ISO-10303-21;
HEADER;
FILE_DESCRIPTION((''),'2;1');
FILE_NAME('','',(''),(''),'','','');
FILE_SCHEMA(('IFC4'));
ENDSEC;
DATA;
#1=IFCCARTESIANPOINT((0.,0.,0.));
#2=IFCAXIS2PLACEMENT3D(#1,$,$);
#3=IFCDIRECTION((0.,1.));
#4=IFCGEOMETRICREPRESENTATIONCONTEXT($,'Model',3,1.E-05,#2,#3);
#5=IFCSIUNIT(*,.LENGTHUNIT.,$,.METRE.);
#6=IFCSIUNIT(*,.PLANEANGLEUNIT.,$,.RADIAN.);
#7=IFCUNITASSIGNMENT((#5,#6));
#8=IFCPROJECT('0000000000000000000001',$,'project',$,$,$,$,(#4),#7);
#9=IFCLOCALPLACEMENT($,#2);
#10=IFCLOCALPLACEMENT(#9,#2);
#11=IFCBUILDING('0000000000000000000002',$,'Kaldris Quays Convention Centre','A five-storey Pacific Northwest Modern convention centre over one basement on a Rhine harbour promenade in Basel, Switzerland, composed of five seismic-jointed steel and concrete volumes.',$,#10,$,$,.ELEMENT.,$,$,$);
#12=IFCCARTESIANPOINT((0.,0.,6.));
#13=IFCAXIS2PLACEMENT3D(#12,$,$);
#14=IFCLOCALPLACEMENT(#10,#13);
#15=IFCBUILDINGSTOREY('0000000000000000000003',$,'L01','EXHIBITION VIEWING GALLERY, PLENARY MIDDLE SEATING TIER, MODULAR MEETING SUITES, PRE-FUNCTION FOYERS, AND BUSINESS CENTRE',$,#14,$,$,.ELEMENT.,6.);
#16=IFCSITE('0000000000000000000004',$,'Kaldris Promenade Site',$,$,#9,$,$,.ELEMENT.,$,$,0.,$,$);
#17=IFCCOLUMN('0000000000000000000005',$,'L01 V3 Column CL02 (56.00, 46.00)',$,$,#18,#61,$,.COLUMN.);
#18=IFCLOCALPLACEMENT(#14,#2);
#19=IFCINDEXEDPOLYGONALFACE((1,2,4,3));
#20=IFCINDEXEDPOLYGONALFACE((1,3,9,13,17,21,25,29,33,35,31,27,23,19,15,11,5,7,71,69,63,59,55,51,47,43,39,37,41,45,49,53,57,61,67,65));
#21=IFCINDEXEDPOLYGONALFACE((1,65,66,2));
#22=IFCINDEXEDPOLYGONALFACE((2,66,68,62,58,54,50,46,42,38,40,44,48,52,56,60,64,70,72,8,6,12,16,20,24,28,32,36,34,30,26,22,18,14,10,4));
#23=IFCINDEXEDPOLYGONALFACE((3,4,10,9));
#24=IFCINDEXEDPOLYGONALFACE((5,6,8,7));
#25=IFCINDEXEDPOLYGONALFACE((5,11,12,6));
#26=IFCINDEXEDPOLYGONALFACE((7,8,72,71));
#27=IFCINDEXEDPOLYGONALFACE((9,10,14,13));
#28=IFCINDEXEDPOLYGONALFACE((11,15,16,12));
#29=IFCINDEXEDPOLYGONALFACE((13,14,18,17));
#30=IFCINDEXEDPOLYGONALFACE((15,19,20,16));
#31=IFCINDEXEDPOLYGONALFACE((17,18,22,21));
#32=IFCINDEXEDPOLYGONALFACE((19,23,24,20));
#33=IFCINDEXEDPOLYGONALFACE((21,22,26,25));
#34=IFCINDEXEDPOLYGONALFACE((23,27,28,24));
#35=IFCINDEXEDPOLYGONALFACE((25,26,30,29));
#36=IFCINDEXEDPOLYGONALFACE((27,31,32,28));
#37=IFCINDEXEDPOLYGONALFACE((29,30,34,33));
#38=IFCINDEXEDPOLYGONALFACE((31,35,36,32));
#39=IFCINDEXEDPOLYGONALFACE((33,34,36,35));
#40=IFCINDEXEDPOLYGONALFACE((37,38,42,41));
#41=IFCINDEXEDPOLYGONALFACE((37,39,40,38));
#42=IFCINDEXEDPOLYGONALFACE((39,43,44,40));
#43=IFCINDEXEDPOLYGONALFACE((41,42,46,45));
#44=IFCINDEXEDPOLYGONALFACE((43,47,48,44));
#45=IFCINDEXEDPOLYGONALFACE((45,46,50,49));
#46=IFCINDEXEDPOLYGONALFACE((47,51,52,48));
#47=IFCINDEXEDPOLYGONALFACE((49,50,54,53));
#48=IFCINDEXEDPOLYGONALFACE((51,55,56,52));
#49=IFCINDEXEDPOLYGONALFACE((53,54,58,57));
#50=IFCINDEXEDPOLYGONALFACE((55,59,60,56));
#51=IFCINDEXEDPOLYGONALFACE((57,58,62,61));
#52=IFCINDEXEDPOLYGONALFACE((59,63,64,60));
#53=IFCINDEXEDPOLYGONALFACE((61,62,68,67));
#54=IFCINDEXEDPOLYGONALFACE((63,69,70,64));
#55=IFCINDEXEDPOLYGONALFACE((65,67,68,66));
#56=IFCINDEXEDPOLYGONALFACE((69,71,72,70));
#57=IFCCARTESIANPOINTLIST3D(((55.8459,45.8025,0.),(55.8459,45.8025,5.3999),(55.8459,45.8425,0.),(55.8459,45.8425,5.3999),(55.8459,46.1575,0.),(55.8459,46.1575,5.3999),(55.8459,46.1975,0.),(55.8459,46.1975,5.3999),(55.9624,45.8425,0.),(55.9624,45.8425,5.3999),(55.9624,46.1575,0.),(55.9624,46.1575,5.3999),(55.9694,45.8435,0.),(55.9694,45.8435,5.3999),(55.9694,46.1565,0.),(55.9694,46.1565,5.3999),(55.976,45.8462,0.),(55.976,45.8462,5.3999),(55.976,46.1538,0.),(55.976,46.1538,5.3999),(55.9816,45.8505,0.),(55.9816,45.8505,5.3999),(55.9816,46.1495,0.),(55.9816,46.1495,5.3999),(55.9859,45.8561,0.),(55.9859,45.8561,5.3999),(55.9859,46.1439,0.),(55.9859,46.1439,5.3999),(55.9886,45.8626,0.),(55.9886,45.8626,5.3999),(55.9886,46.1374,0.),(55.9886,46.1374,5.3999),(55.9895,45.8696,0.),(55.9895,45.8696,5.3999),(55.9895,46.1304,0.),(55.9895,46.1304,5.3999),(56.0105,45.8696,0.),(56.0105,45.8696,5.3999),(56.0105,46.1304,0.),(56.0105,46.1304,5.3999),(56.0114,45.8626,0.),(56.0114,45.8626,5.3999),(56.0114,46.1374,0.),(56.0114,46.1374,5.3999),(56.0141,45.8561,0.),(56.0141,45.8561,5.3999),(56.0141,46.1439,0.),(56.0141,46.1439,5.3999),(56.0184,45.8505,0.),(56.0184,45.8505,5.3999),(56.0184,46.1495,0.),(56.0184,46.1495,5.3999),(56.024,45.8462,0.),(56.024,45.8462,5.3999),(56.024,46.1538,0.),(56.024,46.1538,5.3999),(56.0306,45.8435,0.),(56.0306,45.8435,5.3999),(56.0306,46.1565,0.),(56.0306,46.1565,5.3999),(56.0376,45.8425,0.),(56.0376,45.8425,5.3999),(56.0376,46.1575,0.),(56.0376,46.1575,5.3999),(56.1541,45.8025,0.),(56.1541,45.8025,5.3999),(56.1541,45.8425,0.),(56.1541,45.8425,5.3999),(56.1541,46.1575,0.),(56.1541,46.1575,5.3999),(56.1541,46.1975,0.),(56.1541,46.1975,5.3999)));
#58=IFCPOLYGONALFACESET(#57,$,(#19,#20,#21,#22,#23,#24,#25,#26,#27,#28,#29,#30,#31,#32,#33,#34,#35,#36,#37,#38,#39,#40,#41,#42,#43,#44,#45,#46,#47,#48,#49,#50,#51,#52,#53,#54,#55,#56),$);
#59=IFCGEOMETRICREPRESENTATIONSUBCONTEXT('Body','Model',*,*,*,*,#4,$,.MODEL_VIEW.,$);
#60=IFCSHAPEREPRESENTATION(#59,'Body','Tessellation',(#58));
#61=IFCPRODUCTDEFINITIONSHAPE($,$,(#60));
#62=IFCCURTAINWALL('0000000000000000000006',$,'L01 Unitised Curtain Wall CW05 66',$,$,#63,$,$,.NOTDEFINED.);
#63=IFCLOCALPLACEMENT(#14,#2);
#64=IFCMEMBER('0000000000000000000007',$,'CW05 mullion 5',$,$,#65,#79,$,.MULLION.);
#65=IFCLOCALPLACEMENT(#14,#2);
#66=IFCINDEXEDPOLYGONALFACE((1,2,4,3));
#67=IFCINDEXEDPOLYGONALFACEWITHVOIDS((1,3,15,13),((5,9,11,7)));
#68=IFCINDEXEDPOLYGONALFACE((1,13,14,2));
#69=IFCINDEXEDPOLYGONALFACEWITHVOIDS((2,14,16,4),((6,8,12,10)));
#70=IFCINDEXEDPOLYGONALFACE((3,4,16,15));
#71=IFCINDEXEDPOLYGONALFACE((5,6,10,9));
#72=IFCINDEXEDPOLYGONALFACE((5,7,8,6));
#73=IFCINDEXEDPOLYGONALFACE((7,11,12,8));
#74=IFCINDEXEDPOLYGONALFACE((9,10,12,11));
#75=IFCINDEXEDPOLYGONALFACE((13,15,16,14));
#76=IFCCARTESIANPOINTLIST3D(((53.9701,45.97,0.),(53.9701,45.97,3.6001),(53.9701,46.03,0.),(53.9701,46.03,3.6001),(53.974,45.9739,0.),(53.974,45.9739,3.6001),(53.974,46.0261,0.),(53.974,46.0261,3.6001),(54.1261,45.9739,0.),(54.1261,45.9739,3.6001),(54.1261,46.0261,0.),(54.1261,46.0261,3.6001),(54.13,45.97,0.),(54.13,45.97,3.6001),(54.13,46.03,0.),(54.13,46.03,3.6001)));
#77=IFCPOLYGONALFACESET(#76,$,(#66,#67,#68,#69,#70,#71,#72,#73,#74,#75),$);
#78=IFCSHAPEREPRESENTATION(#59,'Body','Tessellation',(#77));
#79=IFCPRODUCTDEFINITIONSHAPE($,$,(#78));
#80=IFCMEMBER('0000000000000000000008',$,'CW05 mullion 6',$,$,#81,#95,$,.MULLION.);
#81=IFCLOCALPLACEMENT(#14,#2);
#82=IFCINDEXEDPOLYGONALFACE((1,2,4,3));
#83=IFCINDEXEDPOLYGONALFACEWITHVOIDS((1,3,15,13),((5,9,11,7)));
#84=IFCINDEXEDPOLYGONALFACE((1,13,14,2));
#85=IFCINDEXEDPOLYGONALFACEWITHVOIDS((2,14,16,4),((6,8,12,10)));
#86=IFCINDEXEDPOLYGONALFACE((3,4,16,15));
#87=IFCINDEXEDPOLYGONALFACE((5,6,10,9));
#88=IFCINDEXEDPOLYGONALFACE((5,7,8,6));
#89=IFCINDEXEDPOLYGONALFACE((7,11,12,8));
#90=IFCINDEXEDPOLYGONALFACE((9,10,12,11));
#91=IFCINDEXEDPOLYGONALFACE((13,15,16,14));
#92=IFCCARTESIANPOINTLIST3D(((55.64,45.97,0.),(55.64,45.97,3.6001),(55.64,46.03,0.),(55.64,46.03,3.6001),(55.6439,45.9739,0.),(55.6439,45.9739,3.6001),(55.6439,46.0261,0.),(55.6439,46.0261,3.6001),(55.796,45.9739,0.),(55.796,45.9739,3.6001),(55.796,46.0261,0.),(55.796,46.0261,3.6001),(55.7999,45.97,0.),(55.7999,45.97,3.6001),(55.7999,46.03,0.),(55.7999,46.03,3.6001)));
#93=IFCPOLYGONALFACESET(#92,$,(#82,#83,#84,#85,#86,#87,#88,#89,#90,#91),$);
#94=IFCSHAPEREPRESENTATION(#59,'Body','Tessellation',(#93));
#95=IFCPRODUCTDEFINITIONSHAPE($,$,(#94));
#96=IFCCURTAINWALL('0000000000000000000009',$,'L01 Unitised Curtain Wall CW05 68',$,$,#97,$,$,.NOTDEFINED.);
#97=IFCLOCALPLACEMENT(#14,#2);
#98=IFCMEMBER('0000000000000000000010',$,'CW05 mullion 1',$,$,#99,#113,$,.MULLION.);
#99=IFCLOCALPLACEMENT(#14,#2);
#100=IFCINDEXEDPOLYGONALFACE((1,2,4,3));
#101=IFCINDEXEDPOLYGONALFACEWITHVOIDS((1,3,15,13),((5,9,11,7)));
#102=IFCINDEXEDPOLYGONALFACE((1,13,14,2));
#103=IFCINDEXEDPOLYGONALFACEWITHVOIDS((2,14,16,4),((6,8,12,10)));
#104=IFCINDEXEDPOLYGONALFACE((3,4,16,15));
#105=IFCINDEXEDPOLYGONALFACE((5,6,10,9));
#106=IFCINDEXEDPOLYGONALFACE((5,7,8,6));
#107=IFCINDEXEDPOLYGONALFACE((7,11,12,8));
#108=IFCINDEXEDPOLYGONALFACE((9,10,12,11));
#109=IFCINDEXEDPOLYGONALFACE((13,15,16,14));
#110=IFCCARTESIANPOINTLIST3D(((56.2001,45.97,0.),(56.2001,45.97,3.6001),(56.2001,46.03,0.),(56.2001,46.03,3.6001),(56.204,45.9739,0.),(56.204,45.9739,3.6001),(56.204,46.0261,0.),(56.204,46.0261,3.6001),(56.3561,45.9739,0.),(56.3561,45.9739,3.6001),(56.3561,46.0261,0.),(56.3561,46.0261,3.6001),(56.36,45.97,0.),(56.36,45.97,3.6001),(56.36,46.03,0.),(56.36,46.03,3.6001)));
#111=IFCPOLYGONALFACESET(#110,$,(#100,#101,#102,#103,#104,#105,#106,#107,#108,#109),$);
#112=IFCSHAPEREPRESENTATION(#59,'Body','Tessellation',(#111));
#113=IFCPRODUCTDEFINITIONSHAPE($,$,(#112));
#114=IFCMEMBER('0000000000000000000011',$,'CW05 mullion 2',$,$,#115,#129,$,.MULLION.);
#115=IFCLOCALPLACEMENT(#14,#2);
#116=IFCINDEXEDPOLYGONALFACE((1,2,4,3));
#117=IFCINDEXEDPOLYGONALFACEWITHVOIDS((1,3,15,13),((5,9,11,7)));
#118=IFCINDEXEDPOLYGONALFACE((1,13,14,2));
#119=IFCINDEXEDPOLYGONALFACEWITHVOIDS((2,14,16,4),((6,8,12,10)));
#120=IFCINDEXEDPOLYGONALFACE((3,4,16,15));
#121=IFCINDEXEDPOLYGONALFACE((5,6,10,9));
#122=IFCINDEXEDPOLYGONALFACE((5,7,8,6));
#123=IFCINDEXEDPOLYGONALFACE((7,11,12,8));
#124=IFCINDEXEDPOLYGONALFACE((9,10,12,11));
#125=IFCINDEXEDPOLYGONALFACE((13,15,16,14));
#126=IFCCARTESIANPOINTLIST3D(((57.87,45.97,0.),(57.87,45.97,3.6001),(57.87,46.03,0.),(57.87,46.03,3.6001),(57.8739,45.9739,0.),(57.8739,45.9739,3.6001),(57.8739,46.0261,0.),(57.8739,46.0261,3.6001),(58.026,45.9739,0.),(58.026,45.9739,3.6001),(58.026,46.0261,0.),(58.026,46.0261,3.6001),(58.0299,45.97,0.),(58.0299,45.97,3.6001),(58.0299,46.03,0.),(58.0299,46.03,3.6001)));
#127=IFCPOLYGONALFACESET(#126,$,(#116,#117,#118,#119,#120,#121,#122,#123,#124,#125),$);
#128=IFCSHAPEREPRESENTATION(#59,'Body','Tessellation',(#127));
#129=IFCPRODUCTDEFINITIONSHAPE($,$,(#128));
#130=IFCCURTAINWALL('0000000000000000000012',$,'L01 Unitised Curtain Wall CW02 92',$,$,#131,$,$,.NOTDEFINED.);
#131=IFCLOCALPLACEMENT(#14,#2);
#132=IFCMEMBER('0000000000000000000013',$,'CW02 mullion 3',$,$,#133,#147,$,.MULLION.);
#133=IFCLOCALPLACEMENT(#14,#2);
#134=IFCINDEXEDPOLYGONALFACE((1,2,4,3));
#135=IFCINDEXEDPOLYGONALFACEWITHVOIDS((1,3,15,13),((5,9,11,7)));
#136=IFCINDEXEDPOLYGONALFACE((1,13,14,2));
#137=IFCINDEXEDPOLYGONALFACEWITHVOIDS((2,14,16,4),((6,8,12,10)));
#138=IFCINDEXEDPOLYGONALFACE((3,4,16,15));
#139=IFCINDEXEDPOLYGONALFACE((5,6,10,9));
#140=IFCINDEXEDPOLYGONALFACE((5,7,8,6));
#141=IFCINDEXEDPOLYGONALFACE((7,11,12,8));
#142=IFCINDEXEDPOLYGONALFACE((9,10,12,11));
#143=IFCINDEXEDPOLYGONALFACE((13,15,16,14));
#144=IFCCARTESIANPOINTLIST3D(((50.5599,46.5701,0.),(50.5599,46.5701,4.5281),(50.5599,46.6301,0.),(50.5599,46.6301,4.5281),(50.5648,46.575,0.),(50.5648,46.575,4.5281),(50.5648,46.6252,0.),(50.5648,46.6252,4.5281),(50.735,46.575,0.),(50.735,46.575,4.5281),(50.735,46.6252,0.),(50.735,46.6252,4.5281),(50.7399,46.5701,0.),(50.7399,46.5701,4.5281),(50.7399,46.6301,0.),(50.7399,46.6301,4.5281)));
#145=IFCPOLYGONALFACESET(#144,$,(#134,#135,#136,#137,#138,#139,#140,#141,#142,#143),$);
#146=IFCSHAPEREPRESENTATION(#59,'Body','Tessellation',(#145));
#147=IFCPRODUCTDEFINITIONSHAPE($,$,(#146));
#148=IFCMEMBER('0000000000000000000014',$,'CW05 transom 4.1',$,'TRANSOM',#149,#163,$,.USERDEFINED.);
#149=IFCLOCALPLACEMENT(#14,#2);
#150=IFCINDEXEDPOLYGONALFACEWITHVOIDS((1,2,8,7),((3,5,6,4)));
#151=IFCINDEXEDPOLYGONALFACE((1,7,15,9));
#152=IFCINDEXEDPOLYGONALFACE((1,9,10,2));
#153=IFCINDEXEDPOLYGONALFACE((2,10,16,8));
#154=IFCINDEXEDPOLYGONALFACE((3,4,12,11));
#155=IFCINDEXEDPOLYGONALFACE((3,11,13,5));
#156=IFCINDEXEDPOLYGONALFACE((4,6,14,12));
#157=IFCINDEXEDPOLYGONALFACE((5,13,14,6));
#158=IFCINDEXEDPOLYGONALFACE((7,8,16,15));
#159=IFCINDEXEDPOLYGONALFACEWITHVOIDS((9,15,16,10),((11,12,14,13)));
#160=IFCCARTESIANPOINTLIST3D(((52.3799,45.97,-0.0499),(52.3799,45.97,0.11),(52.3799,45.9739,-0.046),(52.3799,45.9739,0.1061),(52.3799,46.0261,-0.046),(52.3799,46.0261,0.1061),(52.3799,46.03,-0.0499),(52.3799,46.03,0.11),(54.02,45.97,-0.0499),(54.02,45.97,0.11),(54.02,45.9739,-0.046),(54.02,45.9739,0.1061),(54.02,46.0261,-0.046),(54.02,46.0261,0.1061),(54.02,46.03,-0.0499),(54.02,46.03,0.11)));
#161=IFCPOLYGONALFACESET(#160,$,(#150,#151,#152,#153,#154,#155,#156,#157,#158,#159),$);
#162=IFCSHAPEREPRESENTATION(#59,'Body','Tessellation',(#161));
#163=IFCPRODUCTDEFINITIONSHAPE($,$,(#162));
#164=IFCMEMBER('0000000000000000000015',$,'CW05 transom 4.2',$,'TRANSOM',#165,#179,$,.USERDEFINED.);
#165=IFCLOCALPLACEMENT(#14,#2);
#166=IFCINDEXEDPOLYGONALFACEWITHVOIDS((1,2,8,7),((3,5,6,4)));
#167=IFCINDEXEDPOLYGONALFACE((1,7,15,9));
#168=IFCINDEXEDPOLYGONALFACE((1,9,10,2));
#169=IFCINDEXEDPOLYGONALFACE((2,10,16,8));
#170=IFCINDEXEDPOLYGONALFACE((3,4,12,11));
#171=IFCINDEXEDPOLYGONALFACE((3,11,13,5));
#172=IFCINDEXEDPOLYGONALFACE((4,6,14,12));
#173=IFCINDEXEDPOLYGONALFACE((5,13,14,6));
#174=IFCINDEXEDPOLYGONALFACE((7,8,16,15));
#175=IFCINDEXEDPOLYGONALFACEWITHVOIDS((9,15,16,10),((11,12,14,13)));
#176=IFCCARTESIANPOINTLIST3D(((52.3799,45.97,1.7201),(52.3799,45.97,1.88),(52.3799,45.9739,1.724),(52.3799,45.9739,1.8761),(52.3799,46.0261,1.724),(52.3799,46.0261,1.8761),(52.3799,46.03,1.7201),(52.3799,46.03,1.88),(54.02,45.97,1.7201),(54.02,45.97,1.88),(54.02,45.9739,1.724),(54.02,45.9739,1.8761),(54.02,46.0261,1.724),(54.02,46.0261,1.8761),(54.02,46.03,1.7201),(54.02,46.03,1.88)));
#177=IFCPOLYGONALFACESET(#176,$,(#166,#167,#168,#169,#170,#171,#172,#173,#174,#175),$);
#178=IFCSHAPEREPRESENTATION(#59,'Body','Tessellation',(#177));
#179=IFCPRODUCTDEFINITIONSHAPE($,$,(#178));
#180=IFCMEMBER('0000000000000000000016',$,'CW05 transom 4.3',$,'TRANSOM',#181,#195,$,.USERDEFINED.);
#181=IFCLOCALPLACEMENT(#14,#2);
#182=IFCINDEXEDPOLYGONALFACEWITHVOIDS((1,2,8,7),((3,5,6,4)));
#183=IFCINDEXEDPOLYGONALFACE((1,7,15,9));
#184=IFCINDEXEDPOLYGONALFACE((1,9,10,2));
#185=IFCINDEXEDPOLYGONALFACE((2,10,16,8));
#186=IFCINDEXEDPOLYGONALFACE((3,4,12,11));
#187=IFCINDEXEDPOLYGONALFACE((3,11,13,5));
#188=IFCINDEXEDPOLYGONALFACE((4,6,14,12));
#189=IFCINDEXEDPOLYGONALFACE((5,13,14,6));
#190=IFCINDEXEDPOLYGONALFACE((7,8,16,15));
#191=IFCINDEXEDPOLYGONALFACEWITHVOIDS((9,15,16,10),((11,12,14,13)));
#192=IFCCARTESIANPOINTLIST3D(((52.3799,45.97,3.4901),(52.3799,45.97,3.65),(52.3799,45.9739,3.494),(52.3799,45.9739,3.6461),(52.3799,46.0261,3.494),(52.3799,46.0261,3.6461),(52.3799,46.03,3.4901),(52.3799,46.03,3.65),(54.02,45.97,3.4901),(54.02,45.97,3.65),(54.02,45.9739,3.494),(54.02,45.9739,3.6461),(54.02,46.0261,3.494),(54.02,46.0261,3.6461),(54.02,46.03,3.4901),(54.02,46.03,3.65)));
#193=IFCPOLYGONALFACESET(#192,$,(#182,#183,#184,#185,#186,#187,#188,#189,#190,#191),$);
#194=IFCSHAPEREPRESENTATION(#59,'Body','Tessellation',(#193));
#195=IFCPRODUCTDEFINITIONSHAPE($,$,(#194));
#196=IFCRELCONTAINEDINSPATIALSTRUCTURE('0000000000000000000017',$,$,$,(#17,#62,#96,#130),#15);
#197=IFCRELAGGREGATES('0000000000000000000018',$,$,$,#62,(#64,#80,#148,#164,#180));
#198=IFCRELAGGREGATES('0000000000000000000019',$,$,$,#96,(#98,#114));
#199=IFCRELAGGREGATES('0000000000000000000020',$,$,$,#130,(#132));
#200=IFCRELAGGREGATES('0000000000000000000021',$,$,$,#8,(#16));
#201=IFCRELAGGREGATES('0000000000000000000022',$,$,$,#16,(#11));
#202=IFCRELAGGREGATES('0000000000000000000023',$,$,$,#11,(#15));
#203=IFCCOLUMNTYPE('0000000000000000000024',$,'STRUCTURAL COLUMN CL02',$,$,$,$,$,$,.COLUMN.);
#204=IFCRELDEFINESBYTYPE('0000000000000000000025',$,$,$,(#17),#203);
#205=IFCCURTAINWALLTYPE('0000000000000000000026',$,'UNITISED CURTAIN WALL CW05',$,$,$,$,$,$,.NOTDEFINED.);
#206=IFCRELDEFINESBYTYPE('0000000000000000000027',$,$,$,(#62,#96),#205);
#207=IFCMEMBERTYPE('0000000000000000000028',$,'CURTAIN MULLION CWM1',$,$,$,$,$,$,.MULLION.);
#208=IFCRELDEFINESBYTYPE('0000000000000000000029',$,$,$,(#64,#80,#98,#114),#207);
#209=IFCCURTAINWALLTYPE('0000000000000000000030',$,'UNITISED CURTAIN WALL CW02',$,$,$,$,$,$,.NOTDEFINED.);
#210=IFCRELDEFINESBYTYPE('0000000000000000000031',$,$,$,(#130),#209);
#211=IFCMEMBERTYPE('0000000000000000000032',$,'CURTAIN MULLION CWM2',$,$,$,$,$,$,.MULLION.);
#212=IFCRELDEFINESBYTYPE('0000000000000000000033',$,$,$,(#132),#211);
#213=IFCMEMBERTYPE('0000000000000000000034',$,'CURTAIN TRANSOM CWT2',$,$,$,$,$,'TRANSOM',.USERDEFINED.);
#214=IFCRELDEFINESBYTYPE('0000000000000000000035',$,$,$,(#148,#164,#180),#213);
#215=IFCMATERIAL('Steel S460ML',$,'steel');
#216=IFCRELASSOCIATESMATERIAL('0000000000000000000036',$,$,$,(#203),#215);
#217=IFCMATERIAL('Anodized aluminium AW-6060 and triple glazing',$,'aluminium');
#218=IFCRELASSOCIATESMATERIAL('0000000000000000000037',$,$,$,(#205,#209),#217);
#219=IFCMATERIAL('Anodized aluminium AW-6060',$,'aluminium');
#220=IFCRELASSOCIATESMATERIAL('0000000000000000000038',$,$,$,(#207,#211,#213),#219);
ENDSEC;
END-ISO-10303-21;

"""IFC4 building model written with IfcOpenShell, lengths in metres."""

from ifc_helpers import new_model, si_unit, direction, frame, origin, origin_2d, place, context, subcontext, project, spatial, hollow_rectangle, i_section, extrude, material, material_profile, profile_set, type_object, element, aggregate, save


model = new_model("IFC4")

# Units and contexts
model_context = context("Model", 3, precision=1e-05, world=origin(), true_north=direction((0.0, 1.0)))
body_context = subcontext(model_context, "Body", "Model", "MODEL_VIEW")
ifc_project = project(units=[si_unit("LENGTHUNIT", "METRE"), si_unit("PLANEANGLEUNIT", "RADIAN")], contexts=[model_context])

# Site, building, storey
site_placement = place(None, origin())
site = spatial("IfcSite", under=ifc_project, at=site_placement, Name="Kaldris Promenade Site", CompositionType="ELEMENT", RefElevation=0.0)
building_placement = place(site_placement, origin())
building = spatial("IfcBuilding", under=site, at=building_placement, Name="Kaldris Quays Convention Centre", Description="A five-storey Pacific Northwest Modern convention centre over one basement on a Rhine harbour promenade in Basel, Switzerland, composed of five seismic-jointed steel and concrete volumes.", CompositionType="ELEMENT")
storey_placement = place(building_placement, frame((0.0, 0.0, 6.0)))
storey = spatial("IfcBuildingStorey", under=building, at=storey_placement, Name="L01", Description="EXHIBITION VIEWING GALLERY, PLENARY MIDDLE SEATING TIER, MODULAR MEETING SUITES, PRE-FUNCTION FOYERS, AND BUSINESS CENTRE", CompositionType="ELEMENT", Elevation=6.0)

# Column
ifc_material_1 = material(Name="Steel S460ML", Category="steel")
ifc_material_profile_1 = material_profile(ifc_material_1, i_section(OverallWidth=0.3081, OverallDepth=0.395, WebThickness=0.021, FlangeThickness=0.04, FilletRadius=0.0271, at=origin_2d()), Name="HEM 360")
ifc_profile_set_1 = profile_set([ifc_material_profile_1], Name="Steel S460ML")
column_type = type_object("IfcColumnType", Name="STRUCTURAL COLUMN CL02", PredefinedType="COLUMN", material=ifc_profile_set_1)
column_placement = place(storey_placement, frame((56.0, 46.0, 0.0), z_axis=(0.0, 0.0, 1.0), x_axis=(1.0, 0.0, 0.0)))
element("IfcColumn", 1, at=column_placement, inside=storey, type_object=column_type, Name="L01 V3 Column CL02 (56.00, 46.00)", PredefinedType="COLUMN", context=body_context, shape_type="SweptSolid", body=[
    extrude(i_section(OverallWidth=0.3081, OverallDepth=0.395, WebThickness=0.021, FlangeThickness=0.04, FilletRadius=0.0271, at=origin_2d()), origin(), (0.0, 0.0, 1.0), 5.3999),
])

# Curtain walls, members
ifc_material_2 = material(Name="Anodized aluminium AW-6060 and triple glazing", Category="aluminium")
curtain_wall_type_1 = type_object("IfcCurtainWallType", Name="UNITISED CURTAIN WALL CW05", PredefinedType="NOTDEFINED", material=ifc_material_2)
curtain_wall_1_placement = place(storey_placement, origin())
curtain_wall_1 = element("IfcCurtainWall", 2, at=curtain_wall_1_placement, inside=storey, type_object=curtain_wall_type_1, Name="L01 Unitised Curtain Wall CW05 66", PredefinedType="NOTDEFINED")
ifc_material_3 = material(Name="Anodized aluminium AW-6060", Category="aluminium")
ifc_material_profile_2 = material_profile(ifc_material_3, hollow_rectangle(XDim=0.0601, YDim=0.1599, WallThickness=0.0039, at=origin_2d()), Name="RHS 160x60x4")
ifc_profile_set_2 = profile_set([ifc_material_profile_2], Name="Anodized aluminium AW-6060")
member_type_1 = type_object("IfcMemberType", Name="CURTAIN MULLION CWM1", PredefinedType="MULLION", material=ifc_profile_set_2)
member_1_placement = place(storey_placement, frame((54.05, 46.0, 0.0), z_axis=(0.0, 0.0, 1.0), x_axis=(0.0, 1.0, 0.0)))
member_1 = element("IfcMember", 3, at=member_1_placement, type_object=member_type_1, Name="CW05 mullion 5", PredefinedType="MULLION", context=body_context, shape_type="SweptSolid", body=[
    extrude(hollow_rectangle(XDim=0.0601, YDim=0.1599, WallThickness=0.0039, at=origin_2d()), origin(), (0.0, 0.0, 1.0), 3.6001),
])
member_2_placement = place(storey_placement, frame((55.72, 46.0, 0.0), z_axis=(0.0, 0.0, 1.0), x_axis=(0.0, 1.0, 0.0)))
member_2 = element("IfcMember", 4, at=member_2_placement, type_object=member_type_1, Name="CW05 mullion 6", PredefinedType="MULLION", context=body_context, shape_type="SweptSolid", body=[
    extrude(hollow_rectangle(XDim=0.0601, YDim=0.1599, WallThickness=0.0039, at=origin_2d()), origin(), (0.0, 0.0, 1.0), 3.6001),
])
curtain_wall_2_placement = place(storey_placement, origin())
curtain_wall_2 = element("IfcCurtainWall", 5, at=curtain_wall_2_placement, inside=storey, type_object=curtain_wall_type_1, Name="L01 Unitised Curtain Wall CW05 68", PredefinedType="NOTDEFINED")
member_3_placement = place(storey_placement, frame((56.28, 46.0, 0.0), z_axis=(0.0, 0.0, 1.0), x_axis=(0.0, 1.0, 0.0)))
member_3 = element("IfcMember", 6, at=member_3_placement, type_object=member_type_1, Name="CW05 mullion 1", PredefinedType="MULLION", context=body_context, shape_type="SweptSolid", body=[
    extrude(hollow_rectangle(XDim=0.0601, YDim=0.1599, WallThickness=0.0039, at=origin_2d()), origin(), (0.0, 0.0, 1.0), 3.6001),
])
member_4_placement = place(storey_placement, frame((57.95, 46.0, 0.0), z_axis=(0.0, 0.0, 1.0), x_axis=(0.0, 1.0, 0.0)))
member_4 = element("IfcMember", 7, at=member_4_placement, type_object=member_type_1, Name="CW05 mullion 2", PredefinedType="MULLION", context=body_context, shape_type="SweptSolid", body=[
    extrude(hollow_rectangle(XDim=0.0601, YDim=0.1599, WallThickness=0.0039, at=origin_2d()), origin(), (0.0, 0.0, 1.0), 3.6001),
])

# Curtain wall, member
curtain_wall_type_2 = type_object("IfcCurtainWallType", Name="UNITISED CURTAIN WALL CW02", PredefinedType="NOTDEFINED", material=ifc_material_2)
curtain_wall_3_placement = place(storey_placement, origin())
curtain_wall_3 = element("IfcCurtainWall", 8, at=curtain_wall_3_placement, inside=storey, type_object=curtain_wall_type_2, Name="L01 Unitised Curtain Wall CW02 92", PredefinedType="NOTDEFINED")
ifc_material_profile_3 = material_profile(ifc_material_3, hollow_rectangle(XDim=0.0601, YDim=0.1799, WallThickness=0.0049, at=origin_2d()), Name="RHS 180x60x5")
ifc_profile_set_3 = profile_set([ifc_material_profile_3], Name="Anodized aluminium AW-6060")
member_type_2 = type_object("IfcMemberType", Name="CURTAIN MULLION CWM2", PredefinedType="MULLION", material=ifc_profile_set_3)
member_5_placement = place(storey_placement, frame((50.6499, 46.6001, 0.0), z_axis=(0.0, 0.0, 1.0), x_axis=(0.0, 1.0, 0.0)))
member_5 = element("IfcMember", 9, at=member_5_placement, type_object=member_type_2, Name="CW02 mullion 3", PredefinedType="MULLION", context=body_context, shape_type="SweptSolid", body=[
    extrude(hollow_rectangle(XDim=0.0601, YDim=0.1799, WallThickness=0.0049, at=origin_2d()), origin(), (0.0, 0.0, 1.0), 4.5281),
])

# Members
ifc_material_profile_4 = material_profile(ifc_material_3, hollow_rectangle(XDim=0.0601, YDim=0.1599, WallThickness=0.0039, at=origin_2d()), Name="RHS 160x60x4")
ifc_profile_set_4 = profile_set([ifc_material_profile_4], Name="Anodized aluminium AW-6060")
member_type_3 = type_object("IfcMemberType", Name="CURTAIN TRANSOM CWT2", ElementType="TRANSOM", PredefinedType="USERDEFINED", material=ifc_profile_set_4)
member_6_placement = place(storey_placement, frame((52.3799, 46.0, 0.03), z_axis=(1.0, 0.0, 0.0), x_axis=(0.0, 1.0, 0.0)))
member_6 = element("IfcMember", 10, at=member_6_placement, type_object=member_type_3, Name="CW05 transom 4.1", ObjectType="TRANSOM", PredefinedType="USERDEFINED", context=body_context, shape_type="SweptSolid", body=[
    extrude(hollow_rectangle(XDim=0.0601, YDim=0.1599, WallThickness=0.0039, at=origin_2d()), origin(), (0.0, 0.0, 1.0), 1.6401),
])
member_7_placement = place(storey_placement, frame((52.3799, 46.0, 1.8), z_axis=(1.0, 0.0, 0.0), x_axis=(0.0, 1.0, 0.0)))
member_7 = element("IfcMember", 11, at=member_7_placement, type_object=member_type_3, Name="CW05 transom 4.2", ObjectType="TRANSOM", PredefinedType="USERDEFINED", context=body_context, shape_type="SweptSolid", body=[
    extrude(hollow_rectangle(XDim=0.0601, YDim=0.1599, WallThickness=0.0039, at=origin_2d()), origin(), (0.0, 0.0, 1.0), 1.6401),
])
member_8_placement = place(storey_placement, frame((52.3799, 46.0, 3.5701), z_axis=(1.0, 0.0, 0.0), x_axis=(0.0, 1.0, 0.0)))
member_8 = element("IfcMember", 12, at=member_8_placement, type_object=member_type_3, Name="CW05 transom 4.3", ObjectType="TRANSOM", PredefinedType="USERDEFINED", context=body_context, shape_type="SweptSolid", body=[
    extrude(hollow_rectangle(XDim=0.0601, YDim=0.1599, WallThickness=0.0039, at=origin_2d()), origin(), (0.0, 0.0, 1.0), 1.6401),
])

aggregate(curtain_wall_1, [member_1, member_2, member_6, member_7, member_8])
aggregate(curtain_wall_2, [member_3, member_4])
aggregate(curtain_wall_3, [member_5])

save(model, "model.ifc")
